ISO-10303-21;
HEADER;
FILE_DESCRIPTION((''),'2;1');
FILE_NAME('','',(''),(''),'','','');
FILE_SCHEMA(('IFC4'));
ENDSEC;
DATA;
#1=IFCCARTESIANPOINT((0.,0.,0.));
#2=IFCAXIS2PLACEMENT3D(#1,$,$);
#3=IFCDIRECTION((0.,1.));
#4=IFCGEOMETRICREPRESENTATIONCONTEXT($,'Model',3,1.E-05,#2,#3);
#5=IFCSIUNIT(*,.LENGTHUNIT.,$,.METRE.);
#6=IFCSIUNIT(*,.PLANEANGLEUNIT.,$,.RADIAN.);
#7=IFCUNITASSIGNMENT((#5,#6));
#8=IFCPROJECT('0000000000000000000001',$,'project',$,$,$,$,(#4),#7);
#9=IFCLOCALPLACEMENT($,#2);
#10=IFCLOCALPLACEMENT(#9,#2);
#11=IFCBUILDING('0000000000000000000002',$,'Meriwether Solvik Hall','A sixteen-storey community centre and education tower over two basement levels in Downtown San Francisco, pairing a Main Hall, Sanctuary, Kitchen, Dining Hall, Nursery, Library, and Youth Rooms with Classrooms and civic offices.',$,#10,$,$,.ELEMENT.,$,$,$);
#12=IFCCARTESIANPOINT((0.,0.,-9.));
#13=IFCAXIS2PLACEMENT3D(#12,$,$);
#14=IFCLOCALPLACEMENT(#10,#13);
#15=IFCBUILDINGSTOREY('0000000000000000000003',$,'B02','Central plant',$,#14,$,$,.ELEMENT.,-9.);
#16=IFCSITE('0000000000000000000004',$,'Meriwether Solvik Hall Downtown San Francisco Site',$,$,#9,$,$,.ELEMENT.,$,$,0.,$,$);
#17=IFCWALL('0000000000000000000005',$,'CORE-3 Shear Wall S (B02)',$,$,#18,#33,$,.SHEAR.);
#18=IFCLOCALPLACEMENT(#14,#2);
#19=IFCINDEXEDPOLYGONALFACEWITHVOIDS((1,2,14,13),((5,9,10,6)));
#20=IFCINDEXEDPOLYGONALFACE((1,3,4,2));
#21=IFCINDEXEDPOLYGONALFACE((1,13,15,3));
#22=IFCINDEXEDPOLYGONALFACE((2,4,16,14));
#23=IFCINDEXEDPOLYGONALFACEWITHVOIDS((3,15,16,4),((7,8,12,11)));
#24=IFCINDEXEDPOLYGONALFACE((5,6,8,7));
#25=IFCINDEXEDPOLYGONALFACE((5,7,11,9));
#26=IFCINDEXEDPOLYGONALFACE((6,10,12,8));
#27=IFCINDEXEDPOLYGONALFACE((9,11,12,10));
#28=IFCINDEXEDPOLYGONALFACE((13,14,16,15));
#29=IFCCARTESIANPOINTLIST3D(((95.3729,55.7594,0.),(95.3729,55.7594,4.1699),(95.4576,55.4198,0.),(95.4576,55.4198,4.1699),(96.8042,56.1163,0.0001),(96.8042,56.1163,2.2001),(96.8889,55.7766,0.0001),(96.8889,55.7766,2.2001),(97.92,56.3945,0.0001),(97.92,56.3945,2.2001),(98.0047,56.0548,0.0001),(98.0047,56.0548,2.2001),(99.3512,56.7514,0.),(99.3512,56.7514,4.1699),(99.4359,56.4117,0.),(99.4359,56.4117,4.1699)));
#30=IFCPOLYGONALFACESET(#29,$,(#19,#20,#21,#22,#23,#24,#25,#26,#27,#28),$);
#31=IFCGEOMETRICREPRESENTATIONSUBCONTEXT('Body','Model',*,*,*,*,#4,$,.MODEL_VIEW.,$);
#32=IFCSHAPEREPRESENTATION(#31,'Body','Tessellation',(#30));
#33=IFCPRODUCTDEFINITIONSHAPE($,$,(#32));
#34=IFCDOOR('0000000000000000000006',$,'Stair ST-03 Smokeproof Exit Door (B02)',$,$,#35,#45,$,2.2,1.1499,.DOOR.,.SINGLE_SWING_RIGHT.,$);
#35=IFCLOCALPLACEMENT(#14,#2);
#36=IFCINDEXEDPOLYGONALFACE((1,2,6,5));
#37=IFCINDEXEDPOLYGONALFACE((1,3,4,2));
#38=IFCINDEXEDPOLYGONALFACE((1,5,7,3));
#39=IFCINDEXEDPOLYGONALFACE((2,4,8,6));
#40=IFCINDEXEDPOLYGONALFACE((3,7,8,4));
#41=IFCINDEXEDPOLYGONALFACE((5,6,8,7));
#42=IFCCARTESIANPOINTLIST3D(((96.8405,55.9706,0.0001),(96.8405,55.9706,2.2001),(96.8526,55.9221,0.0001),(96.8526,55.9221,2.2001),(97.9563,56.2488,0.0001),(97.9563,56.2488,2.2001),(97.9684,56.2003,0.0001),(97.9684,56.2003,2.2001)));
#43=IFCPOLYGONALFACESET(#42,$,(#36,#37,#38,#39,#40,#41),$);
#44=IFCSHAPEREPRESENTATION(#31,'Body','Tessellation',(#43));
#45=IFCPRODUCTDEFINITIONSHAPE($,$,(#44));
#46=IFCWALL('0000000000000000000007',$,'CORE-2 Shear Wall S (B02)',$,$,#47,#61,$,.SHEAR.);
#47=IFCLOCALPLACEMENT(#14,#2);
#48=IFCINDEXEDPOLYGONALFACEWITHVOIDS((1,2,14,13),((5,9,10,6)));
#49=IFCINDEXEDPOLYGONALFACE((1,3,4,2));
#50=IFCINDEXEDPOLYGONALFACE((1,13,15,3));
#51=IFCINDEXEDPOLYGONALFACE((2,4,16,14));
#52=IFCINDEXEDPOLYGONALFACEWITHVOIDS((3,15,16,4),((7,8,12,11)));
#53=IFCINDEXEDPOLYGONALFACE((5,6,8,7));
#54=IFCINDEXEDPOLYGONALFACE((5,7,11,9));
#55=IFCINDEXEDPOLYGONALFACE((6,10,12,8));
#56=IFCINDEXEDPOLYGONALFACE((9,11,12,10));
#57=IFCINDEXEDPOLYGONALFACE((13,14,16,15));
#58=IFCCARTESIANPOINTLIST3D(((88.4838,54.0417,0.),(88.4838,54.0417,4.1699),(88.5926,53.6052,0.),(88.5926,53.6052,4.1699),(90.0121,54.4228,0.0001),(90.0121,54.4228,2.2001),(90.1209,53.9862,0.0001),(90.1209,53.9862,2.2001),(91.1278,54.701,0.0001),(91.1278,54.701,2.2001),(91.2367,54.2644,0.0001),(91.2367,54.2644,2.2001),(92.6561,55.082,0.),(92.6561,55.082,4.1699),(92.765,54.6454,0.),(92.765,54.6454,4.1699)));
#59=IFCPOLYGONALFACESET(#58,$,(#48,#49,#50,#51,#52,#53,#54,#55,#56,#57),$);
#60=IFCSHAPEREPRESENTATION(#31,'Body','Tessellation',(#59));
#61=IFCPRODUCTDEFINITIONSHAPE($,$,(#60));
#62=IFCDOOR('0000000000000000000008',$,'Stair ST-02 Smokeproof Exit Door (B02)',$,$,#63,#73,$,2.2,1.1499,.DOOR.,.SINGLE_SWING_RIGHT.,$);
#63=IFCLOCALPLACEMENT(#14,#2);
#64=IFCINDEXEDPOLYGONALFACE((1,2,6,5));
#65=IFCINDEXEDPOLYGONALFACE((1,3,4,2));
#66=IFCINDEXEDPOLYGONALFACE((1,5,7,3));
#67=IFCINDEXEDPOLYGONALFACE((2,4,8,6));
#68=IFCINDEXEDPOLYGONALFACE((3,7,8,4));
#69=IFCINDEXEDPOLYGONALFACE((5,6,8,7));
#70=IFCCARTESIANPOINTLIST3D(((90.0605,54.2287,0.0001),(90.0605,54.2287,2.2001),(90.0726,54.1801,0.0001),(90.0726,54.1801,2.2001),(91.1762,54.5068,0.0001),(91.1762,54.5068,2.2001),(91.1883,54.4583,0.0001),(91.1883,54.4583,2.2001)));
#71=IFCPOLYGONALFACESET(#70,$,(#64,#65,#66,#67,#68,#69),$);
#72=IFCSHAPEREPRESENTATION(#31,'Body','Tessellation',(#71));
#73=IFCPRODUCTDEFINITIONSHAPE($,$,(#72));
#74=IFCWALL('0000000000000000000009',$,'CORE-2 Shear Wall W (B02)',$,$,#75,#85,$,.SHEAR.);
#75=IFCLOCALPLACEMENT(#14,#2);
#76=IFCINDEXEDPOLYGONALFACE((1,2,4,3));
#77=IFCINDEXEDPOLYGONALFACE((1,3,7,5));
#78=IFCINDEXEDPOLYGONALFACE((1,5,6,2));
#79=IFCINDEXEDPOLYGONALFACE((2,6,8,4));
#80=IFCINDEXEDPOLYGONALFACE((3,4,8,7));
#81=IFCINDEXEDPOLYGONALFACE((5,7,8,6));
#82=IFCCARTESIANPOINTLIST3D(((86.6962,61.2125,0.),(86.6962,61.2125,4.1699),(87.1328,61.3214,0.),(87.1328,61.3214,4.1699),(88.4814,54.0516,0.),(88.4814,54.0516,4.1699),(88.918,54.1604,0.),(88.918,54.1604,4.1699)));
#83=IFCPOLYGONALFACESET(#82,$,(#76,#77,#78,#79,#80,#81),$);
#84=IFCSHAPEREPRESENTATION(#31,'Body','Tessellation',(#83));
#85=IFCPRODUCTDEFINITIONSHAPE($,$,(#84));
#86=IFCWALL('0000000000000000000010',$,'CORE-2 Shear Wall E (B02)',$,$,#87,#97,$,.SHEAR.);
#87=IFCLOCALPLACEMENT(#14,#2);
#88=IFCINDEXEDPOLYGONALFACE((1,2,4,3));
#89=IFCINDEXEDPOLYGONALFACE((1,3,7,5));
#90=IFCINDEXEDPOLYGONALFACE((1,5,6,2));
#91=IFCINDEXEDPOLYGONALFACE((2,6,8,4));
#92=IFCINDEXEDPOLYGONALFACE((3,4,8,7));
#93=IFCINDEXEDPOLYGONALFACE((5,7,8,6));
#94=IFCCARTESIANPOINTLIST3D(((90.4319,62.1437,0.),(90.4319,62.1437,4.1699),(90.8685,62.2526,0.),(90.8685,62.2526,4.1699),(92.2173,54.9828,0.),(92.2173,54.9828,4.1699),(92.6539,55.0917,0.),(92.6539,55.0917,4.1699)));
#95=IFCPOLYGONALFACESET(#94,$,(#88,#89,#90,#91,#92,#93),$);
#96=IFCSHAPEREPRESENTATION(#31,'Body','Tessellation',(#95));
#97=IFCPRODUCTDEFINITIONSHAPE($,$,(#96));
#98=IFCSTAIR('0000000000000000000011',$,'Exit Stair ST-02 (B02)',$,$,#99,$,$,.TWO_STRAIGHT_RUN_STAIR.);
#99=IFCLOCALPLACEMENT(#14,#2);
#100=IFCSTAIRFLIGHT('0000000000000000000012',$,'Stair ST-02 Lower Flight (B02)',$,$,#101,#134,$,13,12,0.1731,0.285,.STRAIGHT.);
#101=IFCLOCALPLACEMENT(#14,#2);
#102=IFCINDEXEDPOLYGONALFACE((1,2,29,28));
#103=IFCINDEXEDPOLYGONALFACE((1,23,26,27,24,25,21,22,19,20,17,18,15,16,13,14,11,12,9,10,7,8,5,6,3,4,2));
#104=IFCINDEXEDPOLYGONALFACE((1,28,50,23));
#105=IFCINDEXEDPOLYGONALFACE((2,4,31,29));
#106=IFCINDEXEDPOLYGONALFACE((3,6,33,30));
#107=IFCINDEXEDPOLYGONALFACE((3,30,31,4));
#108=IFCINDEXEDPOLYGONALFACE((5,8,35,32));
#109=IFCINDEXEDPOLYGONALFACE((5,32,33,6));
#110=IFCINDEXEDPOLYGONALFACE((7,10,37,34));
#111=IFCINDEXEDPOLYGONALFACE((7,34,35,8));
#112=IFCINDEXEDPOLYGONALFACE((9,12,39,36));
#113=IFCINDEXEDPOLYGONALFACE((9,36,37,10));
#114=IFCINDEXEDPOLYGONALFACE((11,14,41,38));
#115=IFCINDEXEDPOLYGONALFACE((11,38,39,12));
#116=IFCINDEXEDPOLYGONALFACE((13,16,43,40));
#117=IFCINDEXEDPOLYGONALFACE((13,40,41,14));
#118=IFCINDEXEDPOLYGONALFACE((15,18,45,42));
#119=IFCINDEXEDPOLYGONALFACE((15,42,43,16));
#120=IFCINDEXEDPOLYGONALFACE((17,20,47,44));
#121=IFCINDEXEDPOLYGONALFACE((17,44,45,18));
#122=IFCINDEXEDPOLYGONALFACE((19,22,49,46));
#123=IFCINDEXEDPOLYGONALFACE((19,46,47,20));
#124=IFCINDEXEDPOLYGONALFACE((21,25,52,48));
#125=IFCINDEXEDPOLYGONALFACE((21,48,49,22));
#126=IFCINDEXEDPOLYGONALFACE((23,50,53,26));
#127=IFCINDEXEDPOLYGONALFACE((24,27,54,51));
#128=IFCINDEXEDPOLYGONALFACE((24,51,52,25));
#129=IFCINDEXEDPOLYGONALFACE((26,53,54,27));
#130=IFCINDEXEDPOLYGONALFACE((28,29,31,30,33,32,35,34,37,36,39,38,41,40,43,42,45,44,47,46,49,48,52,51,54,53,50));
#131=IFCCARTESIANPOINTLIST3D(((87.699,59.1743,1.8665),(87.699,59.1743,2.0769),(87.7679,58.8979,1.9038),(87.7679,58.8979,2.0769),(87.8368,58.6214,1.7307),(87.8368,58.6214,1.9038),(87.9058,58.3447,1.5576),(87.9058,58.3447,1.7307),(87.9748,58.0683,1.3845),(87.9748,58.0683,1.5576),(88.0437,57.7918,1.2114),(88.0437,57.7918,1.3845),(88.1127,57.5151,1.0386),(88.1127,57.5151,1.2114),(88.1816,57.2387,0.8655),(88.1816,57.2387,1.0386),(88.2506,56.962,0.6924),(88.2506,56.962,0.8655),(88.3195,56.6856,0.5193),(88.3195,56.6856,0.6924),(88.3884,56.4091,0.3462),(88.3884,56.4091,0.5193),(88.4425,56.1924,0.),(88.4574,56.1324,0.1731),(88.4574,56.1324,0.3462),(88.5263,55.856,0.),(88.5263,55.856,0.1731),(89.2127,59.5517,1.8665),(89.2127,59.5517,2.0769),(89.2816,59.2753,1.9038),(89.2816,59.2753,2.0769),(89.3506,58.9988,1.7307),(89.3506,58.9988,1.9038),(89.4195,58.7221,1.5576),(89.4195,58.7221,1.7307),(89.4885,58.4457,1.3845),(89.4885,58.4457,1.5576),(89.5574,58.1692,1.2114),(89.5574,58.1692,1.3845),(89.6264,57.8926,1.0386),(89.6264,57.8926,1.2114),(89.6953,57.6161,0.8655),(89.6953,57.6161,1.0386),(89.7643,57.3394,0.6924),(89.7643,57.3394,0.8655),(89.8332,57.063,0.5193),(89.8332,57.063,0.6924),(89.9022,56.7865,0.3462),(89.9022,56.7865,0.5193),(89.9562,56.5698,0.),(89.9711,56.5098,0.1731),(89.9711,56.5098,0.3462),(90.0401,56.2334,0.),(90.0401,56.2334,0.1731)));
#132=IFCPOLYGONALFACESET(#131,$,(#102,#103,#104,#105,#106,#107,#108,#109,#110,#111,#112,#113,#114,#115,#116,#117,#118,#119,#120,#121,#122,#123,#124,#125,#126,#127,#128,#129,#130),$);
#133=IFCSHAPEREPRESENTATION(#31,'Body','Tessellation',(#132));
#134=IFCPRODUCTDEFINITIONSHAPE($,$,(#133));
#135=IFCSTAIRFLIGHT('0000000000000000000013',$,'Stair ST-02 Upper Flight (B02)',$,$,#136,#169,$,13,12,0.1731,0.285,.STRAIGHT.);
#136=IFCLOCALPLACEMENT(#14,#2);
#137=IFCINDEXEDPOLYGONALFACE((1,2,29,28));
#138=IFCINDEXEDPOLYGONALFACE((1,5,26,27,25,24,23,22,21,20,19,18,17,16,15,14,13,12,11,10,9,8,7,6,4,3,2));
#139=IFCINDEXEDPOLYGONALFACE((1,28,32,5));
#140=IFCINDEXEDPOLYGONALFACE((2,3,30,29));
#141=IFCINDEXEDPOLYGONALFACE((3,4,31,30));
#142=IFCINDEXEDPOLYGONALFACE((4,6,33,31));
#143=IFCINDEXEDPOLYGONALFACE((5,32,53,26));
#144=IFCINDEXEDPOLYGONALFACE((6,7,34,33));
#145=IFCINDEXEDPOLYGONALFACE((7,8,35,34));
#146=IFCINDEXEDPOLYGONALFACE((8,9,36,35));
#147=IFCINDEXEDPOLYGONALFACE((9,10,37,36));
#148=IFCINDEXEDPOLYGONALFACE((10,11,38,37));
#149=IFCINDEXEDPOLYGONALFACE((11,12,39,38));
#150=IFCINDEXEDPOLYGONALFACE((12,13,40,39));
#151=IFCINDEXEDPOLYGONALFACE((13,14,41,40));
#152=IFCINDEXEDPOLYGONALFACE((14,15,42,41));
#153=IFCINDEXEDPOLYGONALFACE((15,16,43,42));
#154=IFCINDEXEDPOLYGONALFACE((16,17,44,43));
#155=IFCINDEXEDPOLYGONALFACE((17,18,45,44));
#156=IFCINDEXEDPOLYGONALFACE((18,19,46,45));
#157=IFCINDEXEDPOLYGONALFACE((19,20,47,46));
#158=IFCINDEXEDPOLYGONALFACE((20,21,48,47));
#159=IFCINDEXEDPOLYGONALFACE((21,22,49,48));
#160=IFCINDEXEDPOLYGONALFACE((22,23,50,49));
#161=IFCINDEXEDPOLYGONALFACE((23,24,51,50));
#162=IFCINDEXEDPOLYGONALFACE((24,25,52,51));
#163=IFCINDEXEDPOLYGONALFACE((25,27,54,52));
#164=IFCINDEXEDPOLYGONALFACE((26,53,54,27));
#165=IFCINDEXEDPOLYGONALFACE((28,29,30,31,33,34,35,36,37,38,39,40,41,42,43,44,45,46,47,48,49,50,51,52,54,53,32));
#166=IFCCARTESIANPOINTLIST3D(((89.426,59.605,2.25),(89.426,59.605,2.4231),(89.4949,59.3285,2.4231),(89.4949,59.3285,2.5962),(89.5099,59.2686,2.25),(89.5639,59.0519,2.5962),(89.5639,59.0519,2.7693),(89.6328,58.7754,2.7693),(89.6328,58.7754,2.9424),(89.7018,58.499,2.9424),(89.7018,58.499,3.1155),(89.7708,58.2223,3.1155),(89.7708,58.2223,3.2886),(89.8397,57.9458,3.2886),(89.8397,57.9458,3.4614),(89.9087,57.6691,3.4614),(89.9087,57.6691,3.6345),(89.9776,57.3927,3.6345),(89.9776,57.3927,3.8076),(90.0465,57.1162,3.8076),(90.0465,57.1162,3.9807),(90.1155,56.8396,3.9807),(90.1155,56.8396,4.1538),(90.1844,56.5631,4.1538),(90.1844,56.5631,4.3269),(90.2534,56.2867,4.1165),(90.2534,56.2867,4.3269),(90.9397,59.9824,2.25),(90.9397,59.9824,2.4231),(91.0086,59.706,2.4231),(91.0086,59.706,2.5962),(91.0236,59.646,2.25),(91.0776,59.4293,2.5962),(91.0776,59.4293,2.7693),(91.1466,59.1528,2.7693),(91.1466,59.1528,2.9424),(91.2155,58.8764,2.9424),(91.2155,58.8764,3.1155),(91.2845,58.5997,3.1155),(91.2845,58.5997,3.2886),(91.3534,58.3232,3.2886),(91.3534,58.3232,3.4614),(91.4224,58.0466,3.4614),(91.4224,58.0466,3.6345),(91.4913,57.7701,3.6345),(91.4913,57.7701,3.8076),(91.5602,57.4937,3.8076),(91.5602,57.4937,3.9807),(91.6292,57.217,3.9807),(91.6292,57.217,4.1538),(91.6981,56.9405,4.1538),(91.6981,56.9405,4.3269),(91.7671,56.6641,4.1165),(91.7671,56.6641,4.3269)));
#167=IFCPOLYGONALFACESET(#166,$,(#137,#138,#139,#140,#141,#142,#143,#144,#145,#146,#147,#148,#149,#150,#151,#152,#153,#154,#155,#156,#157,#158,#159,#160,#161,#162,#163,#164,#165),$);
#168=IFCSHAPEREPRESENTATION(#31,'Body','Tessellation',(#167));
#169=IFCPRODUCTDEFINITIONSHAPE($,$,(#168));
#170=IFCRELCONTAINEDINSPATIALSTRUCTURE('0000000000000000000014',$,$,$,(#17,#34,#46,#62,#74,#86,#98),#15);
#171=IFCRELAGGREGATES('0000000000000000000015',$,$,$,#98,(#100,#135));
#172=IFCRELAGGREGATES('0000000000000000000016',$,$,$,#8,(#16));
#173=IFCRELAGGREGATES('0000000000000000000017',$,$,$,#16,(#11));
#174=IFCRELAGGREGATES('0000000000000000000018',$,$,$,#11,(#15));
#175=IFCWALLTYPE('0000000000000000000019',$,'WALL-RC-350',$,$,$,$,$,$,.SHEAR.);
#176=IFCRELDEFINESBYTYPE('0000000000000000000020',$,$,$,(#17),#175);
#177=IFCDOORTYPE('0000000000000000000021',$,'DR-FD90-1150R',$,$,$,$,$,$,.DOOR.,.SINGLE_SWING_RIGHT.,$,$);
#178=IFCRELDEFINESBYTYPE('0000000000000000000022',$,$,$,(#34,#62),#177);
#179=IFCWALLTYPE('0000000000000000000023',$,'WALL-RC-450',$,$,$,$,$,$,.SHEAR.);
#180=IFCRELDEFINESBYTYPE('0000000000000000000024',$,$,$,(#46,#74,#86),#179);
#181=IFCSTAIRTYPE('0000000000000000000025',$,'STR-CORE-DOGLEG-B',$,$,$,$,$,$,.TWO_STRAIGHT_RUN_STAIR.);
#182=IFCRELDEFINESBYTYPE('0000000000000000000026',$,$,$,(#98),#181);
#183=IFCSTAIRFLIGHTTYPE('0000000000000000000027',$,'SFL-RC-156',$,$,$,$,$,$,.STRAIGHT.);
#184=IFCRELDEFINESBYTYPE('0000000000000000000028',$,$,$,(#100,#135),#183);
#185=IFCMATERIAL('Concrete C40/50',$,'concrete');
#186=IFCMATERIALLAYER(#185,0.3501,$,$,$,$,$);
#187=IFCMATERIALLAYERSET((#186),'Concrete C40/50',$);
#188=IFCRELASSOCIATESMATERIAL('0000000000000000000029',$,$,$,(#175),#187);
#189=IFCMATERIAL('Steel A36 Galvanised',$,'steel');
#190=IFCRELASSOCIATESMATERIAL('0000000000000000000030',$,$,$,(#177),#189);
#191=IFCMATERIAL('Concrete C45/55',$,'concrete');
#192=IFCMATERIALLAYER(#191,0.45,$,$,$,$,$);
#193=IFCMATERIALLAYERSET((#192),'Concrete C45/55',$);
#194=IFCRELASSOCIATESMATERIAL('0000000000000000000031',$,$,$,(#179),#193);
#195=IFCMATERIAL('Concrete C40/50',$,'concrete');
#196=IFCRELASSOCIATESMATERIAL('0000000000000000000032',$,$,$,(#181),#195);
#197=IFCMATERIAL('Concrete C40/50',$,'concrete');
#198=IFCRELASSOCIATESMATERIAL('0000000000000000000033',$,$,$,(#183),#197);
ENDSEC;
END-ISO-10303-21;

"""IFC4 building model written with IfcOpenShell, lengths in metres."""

from ifc_helpers import new_model, si_unit, direction, frame, frame_2d, origin, place, context, subcontext, project, spatial, polyline, rectangle, outline, extrude, material, layer, layer_set, type_object, element, fill, aggregate, save


model = new_model("IFC4")

# Units and contexts
model_context = context("Model", 3, precision=1e-05, world=origin(), true_north=direction((0.0, 1.0)))
body_context = subcontext(model_context, "Body", "Model", "MODEL_VIEW")
ifc_project = project(units=[si_unit("LENGTHUNIT", "METRE"), si_unit("PLANEANGLEUNIT", "RADIAN")], contexts=[model_context])

# Site, building, storey
site_placement = place(None, origin())
site = spatial("IfcSite", under=ifc_project, at=site_placement, Name="Meriwether Solvik Hall Downtown San Francisco Site", CompositionType="ELEMENT", RefElevation=0.0)
building_placement = place(site_placement, origin())
building = spatial("IfcBuilding", under=site, at=building_placement, Name="Meriwether Solvik Hall", Description="A sixteen-storey community centre and education tower over two basement levels in Downtown San Francisco, pairing a Main Hall, Sanctuary, Kitchen, Dining Hall, Nursery, Library, and Youth Rooms with Classrooms and civic offices.", CompositionType="ELEMENT")
storey_placement = place(building_placement, frame((0.0, 0.0, -9.0)))
storey = spatial("IfcBuildingStorey", under=building, at=storey_placement, Name="B02", Description="Central plant", CompositionType="ELEMENT", Elevation=-9.0)

# Walls, openings, doors
ifc_material_1 = material(Name="Concrete C40/50", Category="concrete")
ifc_layer_1 = layer(ifc_material_1, 0.3501)
ifc_layer_set_1 = layer_set([ifc_layer_1], Name="Concrete C40/50")
wall_type_1 = type_object("IfcWallType", Name="WALL-RC-350", PredefinedType="SHEAR", material=ifc_layer_set_1)
wall_1_placement = place(storey_placement, frame((95.4153, 55.5896, 0.0), z_axis=(0.0, 0.0, 1.0), x_axis=(0.970293, 0.241933, 0.0)))
wall_1 = element("IfcWall", 1, at=wall_1_placement, inside=storey, type_object=wall_type_1, Name="CORE-3 Shear Wall S (B02)", PredefinedType="SHEAR", context=body_context, shape_type="SweptSolid", body=[
    extrude(rectangle(XDim=4.1001, YDim=0.3501, at=frame_2d((2.05, 0.0))), origin(), (0.0, 0.0, 1.0), 4.1699),
])
opening_1_placement = place(wall_1_placement, frame((1.4751, 0.0, 0.0)))
opening_1 = element("IfcOpeningElement", 2, at=opening_1_placement, cuts=wall_1, PredefinedType="OPENING", context=body_context, shape_type="SweptSolid", body=[
    extrude(rectangle(XDim=1.1499, YDim=2.2, at=frame_2d((0.575, 1.1001))), frame((0.0, 0.187, 0.0), z_axis=(0.0, -1.0, 0.0), x_axis=(1.0, 0.0, 0.0)), (0.0, 0.0, 1.0), 0.374),
])
ifc_material_2 = material(Name="Steel A36 Galvanised", Category="steel")
door_type = type_object("IfcDoorType", Name="DR-FD90-1150R", OperationType="SINGLE_SWING_RIGHT", PredefinedType="DOOR", material=ifc_material_2)
door_1_placement = place(opening_1_placement, origin())
door_1 = element("IfcDoor", 3, at=door_1_placement, inside=storey, type_object=door_type, Name="Stair ST-03 Smokeproof Exit Door (B02)", OperationType="SINGLE_SWING_RIGHT", OverallHeight=2.2, OverallWidth=1.1499, PredefinedType="DOOR", context=body_context, shape_type="SweptSolid", body=[
    extrude(rectangle(XDim=1.1499, YDim=2.2, at=frame_2d((0.575, 1.1001))), frame((0.0, 0.0249, 0.0), z_axis=(0.0, -1.0, 0.0), x_axis=(1.0, 0.0, 0.0)), (0.0, 0.0, 1.0), 0.05),
])
fill(opening_1, door_1)
ifc_material_3 = material(Name="Concrete C45/55", Category="concrete")
ifc_layer_2 = layer(ifc_material_3, 0.45)
ifc_layer_set_2 = layer_set([ifc_layer_2], Name="Concrete C45/55")
wall_type_2 = type_object("IfcWallType", Name="WALL-RC-450", PredefinedType="SHEAR", material=ifc_layer_set_2)
wall_2_placement = place(storey_placement, frame((88.5383, 53.8235, 0.0), z_axis=(0.0, 0.0, 1.0), x_axis=(0.970296, 0.241921, 0.0)))
wall_2 = element("IfcWall", 4, at=wall_2_placement, inside=storey, type_object=wall_type_2, Name="CORE-2 Shear Wall S (B02)", PredefinedType="SHEAR", context=body_context, shape_type="SweptSolid", body=[
    extrude(rectangle(XDim=4.3, YDim=0.45, at=frame_2d((2.1499, 0.0))), origin(), (0.0, 0.0, 1.0), 4.1699),
])
opening_2_placement = place(wall_2_placement, frame((1.575, 0.0, 0.0)))
opening_2 = element("IfcOpeningElement", 5, at=opening_2_placement, cuts=wall_2, PredefinedType="OPENING", context=body_context, shape_type="SweptSolid", body=[
    extrude(rectangle(XDim=1.1499, YDim=2.2, at=frame_2d((0.575, 1.1001))), frame((0.0, 0.2368, 0.0), z_axis=(0.0, -1.0, 0.0), x_axis=(1.0, 0.0, 0.0)), (0.0, 0.0, 1.0), 0.4739),
])
door_2_placement = place(opening_2_placement, origin())
door_2 = element("IfcDoor", 6, at=door_2_placement, inside=storey, type_object=door_type, Name="Stair ST-02 Smokeproof Exit Door (B02)", OperationType="SINGLE_SWING_RIGHT", OverallHeight=2.2, OverallWidth=1.1499, PredefinedType="DOOR", context=body_context, shape_type="SweptSolid", body=[
    extrude(rectangle(XDim=1.1499, YDim=2.2, at=frame_2d((0.575, 1.1001))), frame((0.0, 0.0249, 0.0), z_axis=(0.0, -1.0, 0.0), x_axis=(1.0, 0.0, 0.0)), (0.0, 0.0, 1.0), 0.05),
])
fill(opening_2, door_2)

# Walls
for number, where, z_axis, x_axis, name in (
    (7, (86.9146, 61.2668, 0.0), (0.0, 0.0, 1.0), (0.24189, -0.970304, 0.0), "CORE-2 Shear Wall W (B02)"),
    (8, (92.4355, 55.0374, 0.0), (0.0, 0.0, 1.0), (-0.241921, 0.970296, 0.0), "CORE-2 Shear Wall E (B02)"),
):
    element("IfcWall", number, at=place(storey_placement, frame(where, z_axis=z_axis, x_axis=x_axis)), inside=storey, type_object=wall_type_2, Name=name, PredefinedType="SHEAR", context=body_context, shape_type="SweptSolid", body=[
        extrude(rectangle(XDim=7.3801, YDim=0.45, at=frame_2d((3.6899, 0.0))), origin(), (0.0, 0.0, 1.0), 4.1699),
    ])

# Stair, stair flights
ifc_material_4 = material(Name="Concrete C40/50", Category="concrete")
stair_type = type_object("IfcStairType", Name="STR-CORE-DOGLEG-B", PredefinedType="TWO_STRAIGHT_RUN_STAIR", material=ifc_material_4)
stair_placement = place(storey_placement, origin())
stair = element("IfcStair", 9, at=stair_placement, inside=storey, type_object=stair_type, Name="Exit Stair ST-02 (B02)", PredefinedType="TWO_STRAIGHT_RUN_STAIR")
ifc_material_5 = material(Name="Concrete C40/50", Category="concrete")
stair_flight_type = type_object("IfcStairFlightType", Name="SFL-RC-156", PredefinedType="STRAIGHT", material=ifc_material_5)
stair_flight_1_placement = place(storey_placement, frame((89.2832, 56.0447, 0.0), z_axis=(0.0, 0.0, 1.0), x_axis=(-0.241922, 0.970296, 0.0)))
stair_flight_1 = element("IfcStairFlight", 10, at=stair_flight_1_placement, type_object=stair_flight_type, Name="Stair ST-02 Lower Flight (B02)", NumberOfRisers=13, NumberOfTreads=12, PredefinedType="STRAIGHT", RiserHeight=0.1731, TreadLength=0.285, context=body_context, shape_type="SweptSolid", body=[
    extrude(outline(polyline([(0.0, 0.0), (0.0, 0.1731), (0.2849, 0.1731), (0.2849, 0.3462), (0.5701, 0.3462), (0.5701, 0.5193), (0.855, 0.5193), (0.855, 0.6924), (1.1399, 0.6924), (1.1399, 0.8655), (1.425, 0.8655), (1.425, 1.0386), (1.71, 1.0386), (1.71, 1.2114), (1.9951, 1.2114), (1.9951, 1.3845), (2.28, 1.3845), (2.28, 1.5576), (2.5649, 1.5576), (2.5649, 1.7307), (2.8501, 1.7307), (2.8501, 1.9038), (3.135, 1.9038), (3.135, 2.0769), (3.4199, 2.0769), (3.4199, 2.25), (3.4199, 1.8665), (0.3467, 0.0), (0.0, 0.0)])), frame((0.0, 0.78, 0.0), z_axis=(0.0, -1.0, 0.0), x_axis=(1.0, 0.0, 0.0)), (0.0, 0.0, 1.0), 1.5601),
])
stair_flight_2_placement = place(storey_placement, frame((90.1829, 59.7937, 2.25), z_axis=(0.0, 0.0, 1.0), x_axis=(0.241922, -0.970296, 0.0)))
stair_flight_2 = element("IfcStairFlight", 11, at=stair_flight_2_placement, type_object=stair_flight_type, Name="Stair ST-02 Upper Flight (B02)", NumberOfRisers=13, NumberOfTreads=12, PredefinedType="STRAIGHT", RiserHeight=0.1731, TreadLength=0.285, context=body_context, shape_type="SweptSolid", body=[
    extrude(outline(polyline([(0.0, 0.0), (0.0, 0.1731), (0.2849, 0.1731), (0.2849, 0.3462), (0.5701, 0.3462), (0.5701, 0.5193), (0.855, 0.5193), (0.855, 0.6924), (1.1399, 0.6924), (1.1399, 0.8655), (1.425, 0.8655), (1.425, 1.0386), (1.71, 1.0386), (1.71, 1.2114), (1.9951, 1.2114), (1.9951, 1.3845), (2.28, 1.3845), (2.28, 1.5576), (2.5649, 1.5576), (2.5649, 1.7307), (2.8501, 1.7307), (2.8501, 1.9038), (3.135, 1.9038), (3.135, 2.0769), (3.4199, 2.0769), (3.4199, 2.25), (3.4199, 1.8665), (0.3467, 0.0), (0.0, 0.0)])), frame((0.0, 0.78, 0.0), z_axis=(0.0, -1.0, 0.0), x_axis=(1.0, 0.0, 0.0)), (0.0, 0.0, 1.0), 1.5601),
])
aggregate(stair, [stair_flight_1, stair_flight_2])

save(model, "model.ifc")
